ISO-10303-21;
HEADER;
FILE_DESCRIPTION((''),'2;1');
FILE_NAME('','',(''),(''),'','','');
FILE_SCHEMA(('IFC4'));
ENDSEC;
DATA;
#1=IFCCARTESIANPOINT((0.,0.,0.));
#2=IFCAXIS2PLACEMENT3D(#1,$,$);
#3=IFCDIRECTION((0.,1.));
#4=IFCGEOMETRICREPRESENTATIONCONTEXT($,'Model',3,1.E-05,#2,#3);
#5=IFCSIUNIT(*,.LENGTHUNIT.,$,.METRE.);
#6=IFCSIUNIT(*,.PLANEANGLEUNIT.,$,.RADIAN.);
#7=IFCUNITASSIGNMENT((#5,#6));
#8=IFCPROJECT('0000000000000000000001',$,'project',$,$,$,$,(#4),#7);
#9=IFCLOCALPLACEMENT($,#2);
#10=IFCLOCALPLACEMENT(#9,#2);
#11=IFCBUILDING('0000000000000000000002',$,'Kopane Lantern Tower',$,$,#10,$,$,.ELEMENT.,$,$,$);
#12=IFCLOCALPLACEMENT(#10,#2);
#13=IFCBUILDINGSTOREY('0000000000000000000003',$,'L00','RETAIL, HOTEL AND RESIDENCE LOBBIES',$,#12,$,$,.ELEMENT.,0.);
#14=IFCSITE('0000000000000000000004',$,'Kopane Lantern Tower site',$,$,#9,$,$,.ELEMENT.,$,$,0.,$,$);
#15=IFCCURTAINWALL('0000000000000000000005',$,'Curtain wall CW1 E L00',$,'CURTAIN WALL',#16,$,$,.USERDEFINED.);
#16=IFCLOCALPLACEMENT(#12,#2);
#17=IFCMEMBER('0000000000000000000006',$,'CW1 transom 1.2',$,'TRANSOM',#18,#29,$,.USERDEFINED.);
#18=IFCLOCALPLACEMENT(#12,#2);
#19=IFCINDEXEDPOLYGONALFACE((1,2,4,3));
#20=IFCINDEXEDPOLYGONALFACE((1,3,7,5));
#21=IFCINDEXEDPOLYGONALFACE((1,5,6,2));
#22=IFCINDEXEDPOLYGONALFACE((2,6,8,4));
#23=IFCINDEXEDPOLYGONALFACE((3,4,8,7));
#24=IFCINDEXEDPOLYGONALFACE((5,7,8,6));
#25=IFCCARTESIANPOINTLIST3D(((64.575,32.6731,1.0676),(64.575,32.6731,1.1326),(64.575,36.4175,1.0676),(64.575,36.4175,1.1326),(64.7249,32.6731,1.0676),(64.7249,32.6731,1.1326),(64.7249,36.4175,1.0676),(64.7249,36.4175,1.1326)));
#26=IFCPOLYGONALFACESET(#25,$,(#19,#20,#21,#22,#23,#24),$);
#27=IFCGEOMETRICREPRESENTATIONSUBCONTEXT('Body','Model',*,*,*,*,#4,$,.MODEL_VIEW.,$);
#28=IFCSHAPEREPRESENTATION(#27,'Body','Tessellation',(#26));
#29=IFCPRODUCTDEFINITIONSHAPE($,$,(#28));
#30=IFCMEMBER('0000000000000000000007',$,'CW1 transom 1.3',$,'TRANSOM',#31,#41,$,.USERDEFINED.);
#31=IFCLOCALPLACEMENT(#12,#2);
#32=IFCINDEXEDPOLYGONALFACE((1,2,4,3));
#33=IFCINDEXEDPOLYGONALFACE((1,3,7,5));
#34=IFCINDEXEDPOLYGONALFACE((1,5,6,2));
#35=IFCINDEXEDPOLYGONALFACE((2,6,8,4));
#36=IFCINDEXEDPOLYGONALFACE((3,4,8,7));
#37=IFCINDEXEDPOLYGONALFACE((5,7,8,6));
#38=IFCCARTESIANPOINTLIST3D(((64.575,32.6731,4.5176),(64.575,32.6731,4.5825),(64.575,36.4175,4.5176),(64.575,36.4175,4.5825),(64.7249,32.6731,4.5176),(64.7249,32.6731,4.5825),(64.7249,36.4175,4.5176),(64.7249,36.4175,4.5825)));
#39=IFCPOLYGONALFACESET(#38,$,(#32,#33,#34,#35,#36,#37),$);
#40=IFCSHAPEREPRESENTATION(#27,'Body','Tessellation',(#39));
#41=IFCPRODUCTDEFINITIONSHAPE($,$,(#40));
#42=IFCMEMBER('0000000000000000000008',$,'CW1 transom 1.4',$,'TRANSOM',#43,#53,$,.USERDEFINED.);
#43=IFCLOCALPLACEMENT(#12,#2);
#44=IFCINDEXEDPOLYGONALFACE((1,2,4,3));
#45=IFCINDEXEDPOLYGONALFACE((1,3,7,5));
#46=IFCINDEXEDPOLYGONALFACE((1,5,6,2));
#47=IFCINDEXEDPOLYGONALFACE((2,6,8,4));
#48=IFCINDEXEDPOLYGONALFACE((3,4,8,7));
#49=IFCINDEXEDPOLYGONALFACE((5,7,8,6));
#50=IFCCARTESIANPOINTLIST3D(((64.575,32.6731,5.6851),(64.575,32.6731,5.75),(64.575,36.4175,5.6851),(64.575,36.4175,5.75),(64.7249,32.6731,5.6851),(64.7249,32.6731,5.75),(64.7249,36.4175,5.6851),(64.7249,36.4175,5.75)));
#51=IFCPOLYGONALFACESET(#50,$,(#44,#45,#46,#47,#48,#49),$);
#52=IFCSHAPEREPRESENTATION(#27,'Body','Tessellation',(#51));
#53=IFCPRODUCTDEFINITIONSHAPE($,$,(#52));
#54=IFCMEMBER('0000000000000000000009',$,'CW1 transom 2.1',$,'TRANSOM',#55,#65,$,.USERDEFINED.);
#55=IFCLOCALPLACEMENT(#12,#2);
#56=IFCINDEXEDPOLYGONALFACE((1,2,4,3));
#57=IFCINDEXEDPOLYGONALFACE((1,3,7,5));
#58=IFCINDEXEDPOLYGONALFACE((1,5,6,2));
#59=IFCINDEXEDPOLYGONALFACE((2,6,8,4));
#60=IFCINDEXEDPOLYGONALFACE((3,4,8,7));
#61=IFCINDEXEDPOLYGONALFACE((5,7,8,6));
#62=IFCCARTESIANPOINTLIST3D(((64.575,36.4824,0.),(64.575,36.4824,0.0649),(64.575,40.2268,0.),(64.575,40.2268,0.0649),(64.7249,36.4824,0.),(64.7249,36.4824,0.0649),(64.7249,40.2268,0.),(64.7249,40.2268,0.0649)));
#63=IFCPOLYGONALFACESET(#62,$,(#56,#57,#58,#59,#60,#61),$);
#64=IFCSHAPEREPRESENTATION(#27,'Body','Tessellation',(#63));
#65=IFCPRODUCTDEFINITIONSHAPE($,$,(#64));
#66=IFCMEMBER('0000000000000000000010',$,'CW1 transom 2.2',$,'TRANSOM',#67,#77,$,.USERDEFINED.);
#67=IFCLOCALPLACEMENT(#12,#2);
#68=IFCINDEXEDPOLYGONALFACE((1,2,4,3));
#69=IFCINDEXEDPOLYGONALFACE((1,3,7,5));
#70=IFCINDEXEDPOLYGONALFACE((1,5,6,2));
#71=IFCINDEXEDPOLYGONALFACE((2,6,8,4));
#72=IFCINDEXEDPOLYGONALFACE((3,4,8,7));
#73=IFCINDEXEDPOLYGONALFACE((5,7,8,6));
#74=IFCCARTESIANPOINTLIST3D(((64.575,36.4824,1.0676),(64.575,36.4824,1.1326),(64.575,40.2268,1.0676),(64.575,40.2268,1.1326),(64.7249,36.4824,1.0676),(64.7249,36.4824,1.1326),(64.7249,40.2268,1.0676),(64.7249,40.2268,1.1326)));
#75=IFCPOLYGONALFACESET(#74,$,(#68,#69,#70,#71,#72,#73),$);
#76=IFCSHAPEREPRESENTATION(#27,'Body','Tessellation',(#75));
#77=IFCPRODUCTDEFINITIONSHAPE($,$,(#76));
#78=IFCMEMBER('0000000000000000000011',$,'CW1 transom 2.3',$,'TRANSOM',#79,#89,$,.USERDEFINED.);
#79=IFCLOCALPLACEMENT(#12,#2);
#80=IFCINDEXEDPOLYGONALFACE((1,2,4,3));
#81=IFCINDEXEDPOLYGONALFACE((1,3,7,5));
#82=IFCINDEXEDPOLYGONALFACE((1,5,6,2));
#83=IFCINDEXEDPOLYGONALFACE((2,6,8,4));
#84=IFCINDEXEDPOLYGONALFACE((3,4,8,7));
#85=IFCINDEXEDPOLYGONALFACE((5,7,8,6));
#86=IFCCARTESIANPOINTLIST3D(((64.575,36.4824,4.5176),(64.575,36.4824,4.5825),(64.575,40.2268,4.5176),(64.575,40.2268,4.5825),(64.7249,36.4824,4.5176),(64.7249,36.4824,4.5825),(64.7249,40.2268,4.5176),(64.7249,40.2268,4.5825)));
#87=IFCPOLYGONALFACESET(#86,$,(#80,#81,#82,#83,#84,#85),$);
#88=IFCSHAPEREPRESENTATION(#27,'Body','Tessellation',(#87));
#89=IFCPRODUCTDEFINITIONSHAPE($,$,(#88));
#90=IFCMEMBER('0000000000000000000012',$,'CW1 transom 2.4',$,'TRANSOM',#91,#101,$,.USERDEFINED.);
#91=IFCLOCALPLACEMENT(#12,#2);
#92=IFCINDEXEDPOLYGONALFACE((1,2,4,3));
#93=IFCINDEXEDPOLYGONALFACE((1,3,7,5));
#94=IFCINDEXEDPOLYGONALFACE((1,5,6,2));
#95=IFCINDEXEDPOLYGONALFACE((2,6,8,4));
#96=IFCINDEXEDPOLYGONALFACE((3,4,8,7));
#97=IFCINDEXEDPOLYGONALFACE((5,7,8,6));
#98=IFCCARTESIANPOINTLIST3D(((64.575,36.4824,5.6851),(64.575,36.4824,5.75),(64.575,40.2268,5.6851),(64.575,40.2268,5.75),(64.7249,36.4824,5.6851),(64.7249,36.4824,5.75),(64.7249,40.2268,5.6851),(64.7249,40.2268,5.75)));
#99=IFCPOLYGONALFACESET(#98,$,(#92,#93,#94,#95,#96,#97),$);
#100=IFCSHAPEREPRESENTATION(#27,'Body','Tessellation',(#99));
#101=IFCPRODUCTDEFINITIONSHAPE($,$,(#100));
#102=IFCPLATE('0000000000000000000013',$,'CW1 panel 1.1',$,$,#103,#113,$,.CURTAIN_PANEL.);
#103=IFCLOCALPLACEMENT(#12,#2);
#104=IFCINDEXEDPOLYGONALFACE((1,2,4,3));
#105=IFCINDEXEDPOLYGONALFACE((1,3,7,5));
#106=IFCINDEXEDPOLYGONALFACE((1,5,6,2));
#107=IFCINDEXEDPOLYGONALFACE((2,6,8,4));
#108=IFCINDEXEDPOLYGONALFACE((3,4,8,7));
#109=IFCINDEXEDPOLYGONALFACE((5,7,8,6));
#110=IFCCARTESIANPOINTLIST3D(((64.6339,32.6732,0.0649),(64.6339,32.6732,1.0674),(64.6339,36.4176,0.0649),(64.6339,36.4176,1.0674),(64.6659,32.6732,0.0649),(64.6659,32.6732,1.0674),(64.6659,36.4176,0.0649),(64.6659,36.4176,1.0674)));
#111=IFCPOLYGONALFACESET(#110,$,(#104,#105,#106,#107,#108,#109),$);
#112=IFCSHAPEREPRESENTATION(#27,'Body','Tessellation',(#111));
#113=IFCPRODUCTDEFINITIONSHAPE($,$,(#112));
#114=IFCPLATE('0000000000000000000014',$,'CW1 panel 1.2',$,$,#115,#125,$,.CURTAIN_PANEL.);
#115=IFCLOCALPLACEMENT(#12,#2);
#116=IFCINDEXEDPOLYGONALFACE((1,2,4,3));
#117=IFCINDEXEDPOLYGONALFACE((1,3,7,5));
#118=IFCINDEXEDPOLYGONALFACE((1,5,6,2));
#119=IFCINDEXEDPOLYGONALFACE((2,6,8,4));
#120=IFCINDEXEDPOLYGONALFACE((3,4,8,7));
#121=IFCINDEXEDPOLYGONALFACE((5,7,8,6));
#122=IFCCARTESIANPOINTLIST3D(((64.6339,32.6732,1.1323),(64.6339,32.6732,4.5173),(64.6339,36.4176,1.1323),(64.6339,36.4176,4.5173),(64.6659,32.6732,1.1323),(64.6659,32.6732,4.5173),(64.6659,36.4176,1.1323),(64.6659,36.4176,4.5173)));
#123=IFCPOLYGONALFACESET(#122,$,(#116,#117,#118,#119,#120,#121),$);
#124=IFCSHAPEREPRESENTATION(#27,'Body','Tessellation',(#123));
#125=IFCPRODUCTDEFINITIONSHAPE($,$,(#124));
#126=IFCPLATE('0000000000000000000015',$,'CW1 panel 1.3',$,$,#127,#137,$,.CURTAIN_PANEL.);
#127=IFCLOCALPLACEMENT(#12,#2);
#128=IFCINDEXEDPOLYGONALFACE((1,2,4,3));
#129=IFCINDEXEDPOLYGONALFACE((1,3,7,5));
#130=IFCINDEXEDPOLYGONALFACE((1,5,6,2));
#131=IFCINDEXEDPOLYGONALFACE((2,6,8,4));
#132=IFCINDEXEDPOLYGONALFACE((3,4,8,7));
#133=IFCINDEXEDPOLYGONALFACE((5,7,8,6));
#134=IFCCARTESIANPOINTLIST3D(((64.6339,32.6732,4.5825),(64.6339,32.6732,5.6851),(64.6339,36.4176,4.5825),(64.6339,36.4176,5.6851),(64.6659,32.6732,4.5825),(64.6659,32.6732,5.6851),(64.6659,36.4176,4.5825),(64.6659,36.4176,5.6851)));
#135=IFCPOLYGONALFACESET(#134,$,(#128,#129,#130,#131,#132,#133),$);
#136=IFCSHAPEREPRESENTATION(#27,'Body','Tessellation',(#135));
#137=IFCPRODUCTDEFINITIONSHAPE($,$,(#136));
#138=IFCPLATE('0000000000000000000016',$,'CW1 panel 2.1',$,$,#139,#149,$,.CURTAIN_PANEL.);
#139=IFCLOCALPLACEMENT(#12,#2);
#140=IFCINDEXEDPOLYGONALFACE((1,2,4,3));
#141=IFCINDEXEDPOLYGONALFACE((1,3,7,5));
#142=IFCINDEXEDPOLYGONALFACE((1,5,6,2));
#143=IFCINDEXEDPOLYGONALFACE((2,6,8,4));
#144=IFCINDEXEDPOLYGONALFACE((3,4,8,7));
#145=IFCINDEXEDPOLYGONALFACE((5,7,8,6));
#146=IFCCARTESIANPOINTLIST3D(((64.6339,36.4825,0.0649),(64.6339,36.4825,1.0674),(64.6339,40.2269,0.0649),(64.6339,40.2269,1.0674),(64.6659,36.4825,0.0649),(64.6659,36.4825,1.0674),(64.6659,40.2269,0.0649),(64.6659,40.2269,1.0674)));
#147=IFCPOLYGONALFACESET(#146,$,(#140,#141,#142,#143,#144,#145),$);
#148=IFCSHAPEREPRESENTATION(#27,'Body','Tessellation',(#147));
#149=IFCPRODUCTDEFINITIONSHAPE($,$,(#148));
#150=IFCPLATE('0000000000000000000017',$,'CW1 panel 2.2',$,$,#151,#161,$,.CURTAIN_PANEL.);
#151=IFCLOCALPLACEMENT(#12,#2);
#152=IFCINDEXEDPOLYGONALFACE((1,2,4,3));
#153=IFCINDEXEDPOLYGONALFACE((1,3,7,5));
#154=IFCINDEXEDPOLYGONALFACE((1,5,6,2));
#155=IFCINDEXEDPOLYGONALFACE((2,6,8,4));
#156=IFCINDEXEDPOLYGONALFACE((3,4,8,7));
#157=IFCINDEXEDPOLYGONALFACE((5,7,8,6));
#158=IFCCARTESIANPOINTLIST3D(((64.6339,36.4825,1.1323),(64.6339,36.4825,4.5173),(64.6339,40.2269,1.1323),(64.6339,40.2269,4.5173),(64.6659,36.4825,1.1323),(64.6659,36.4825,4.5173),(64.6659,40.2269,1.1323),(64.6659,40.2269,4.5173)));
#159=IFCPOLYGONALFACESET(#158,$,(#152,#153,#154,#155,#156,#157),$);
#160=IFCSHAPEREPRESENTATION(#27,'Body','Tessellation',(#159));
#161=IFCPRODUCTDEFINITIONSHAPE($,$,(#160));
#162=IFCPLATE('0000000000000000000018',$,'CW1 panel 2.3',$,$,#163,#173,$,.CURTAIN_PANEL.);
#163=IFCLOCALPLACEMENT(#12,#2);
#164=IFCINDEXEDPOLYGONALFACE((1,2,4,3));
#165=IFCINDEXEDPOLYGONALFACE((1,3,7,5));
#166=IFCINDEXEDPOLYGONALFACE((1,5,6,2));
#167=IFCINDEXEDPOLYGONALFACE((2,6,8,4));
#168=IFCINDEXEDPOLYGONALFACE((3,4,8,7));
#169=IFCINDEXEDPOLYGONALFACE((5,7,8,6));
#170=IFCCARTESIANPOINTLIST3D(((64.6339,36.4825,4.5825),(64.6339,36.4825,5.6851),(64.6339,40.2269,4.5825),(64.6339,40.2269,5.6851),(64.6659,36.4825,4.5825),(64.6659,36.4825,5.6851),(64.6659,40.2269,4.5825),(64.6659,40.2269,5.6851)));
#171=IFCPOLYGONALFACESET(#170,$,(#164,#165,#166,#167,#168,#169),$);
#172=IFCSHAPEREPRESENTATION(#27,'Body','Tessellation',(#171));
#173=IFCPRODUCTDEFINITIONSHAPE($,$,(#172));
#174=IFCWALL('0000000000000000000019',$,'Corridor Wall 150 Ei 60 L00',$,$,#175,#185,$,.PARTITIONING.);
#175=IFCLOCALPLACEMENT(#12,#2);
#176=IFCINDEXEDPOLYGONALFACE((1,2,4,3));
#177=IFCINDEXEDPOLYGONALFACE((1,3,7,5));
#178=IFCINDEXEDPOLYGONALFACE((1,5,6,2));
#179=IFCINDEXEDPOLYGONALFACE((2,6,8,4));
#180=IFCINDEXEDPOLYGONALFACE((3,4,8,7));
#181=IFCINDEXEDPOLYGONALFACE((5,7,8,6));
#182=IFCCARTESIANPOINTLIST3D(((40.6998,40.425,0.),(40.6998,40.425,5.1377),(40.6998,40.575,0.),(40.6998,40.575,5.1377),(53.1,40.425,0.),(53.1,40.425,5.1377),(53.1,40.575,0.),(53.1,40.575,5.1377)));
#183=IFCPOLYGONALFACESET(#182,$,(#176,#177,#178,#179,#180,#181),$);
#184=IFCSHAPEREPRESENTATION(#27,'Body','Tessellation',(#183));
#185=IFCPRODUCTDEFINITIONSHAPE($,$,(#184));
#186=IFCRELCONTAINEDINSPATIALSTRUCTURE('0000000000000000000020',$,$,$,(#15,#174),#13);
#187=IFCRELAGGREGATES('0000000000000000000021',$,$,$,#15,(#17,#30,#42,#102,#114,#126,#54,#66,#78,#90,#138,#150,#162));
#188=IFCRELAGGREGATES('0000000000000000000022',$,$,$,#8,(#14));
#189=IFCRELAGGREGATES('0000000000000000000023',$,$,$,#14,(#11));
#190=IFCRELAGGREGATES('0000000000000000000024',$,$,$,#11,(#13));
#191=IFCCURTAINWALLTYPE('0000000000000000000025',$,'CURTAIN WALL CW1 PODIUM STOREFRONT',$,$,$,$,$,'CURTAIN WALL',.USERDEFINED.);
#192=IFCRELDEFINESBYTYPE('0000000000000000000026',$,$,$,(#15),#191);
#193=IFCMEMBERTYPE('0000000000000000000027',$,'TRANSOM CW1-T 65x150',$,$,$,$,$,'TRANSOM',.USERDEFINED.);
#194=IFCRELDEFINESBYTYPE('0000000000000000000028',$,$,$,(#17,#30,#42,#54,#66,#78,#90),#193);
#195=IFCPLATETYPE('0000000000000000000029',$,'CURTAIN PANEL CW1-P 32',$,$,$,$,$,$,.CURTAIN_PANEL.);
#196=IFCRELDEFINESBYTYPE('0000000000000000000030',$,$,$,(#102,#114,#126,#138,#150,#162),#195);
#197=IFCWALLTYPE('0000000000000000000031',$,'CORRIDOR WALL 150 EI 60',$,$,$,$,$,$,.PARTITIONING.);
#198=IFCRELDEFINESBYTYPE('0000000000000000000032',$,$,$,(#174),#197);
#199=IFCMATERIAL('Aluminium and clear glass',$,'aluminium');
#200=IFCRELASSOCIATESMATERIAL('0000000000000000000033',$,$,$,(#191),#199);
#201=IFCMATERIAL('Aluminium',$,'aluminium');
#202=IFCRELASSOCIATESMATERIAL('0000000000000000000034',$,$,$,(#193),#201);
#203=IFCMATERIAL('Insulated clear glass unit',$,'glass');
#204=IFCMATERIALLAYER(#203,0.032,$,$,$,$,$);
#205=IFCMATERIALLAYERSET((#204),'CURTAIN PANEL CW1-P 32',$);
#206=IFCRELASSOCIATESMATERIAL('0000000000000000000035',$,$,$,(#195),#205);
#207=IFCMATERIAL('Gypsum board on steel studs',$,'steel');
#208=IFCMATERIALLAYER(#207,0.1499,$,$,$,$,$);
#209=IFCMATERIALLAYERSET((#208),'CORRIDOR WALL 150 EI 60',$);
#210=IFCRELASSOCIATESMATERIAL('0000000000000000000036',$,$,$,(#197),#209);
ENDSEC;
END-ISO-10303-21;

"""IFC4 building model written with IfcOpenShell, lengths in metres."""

from ifc_helpers import new_model, si_unit, direction, frame, frame_2d, origin, origin_2d, place, context, subcontext, project, spatial, rectangle, extrude, material, layer, layer_set, material_profile, profile_set, type_object, element, aggregate, save


model = new_model("IFC4")

# Units and contexts
model_context = context("Model", 3, precision=1e-05, world=origin(), true_north=direction((0.0, 1.0)))
body_context = subcontext(model_context, "Body", "Model", "MODEL_VIEW")
ifc_project = project(units=[si_unit("LENGTHUNIT", "METRE"), si_unit("PLANEANGLEUNIT", "RADIAN")], contexts=[model_context])

# Site, building, storey
site_placement = place(None, origin())
site = spatial("IfcSite", under=ifc_project, at=site_placement, Name="Kopane Lantern Tower site", CompositionType="ELEMENT", RefElevation=0.0)
building_placement = place(site_placement, origin())
building = spatial("IfcBuilding", under=site, at=building_placement, Name="Kopane Lantern Tower", CompositionType="ELEMENT")
storey_placement = place(building_placement, origin())
storey = spatial("IfcBuildingStorey", under=building, at=storey_placement, Name="L00", Description="RETAIL, HOTEL AND RESIDENCE LOBBIES", CompositionType="ELEMENT", Elevation=0.0)

# Curtain wall, members, plates
ifc_material_1 = material(Name="Aluminium and clear glass", Category="aluminium")
curtain_wall_type = type_object("IfcCurtainWallType", Name="CURTAIN WALL CW1 PODIUM STOREFRONT", ElementType="CURTAIN WALL", PredefinedType="USERDEFINED", material=ifc_material_1)
curtain_wall_placement = place(storey_placement, origin())
curtain_wall = element("IfcCurtainWall", 1, at=curtain_wall_placement, inside=storey, type_object=curtain_wall_type, Name="Curtain wall CW1 E L00", ObjectType="CURTAIN WALL", PredefinedType="USERDEFINED")
ifc_material_2 = material(Name="Aluminium", Category="aluminium")
ifc_material_profile_1 = material_profile(ifc_material_2, rectangle(XDim=0.1499, YDim=0.0649, at=origin_2d()), Name="AL 150x65")
ifc_profile_set_1 = profile_set([ifc_material_profile_1], Name="Aluminium")
member_type_1 = type_object("IfcMemberType", Name="TRANSOM CW1-T 65x150", ElementType="TRANSOM", PredefinedType="USERDEFINED", material=ifc_profile_set_1)
member_1_placement = place(storey_placement, frame((64.6499, 32.6731, 1.1001), z_axis=(0.0, 1.0, 0.0), x_axis=(-1.0, 0.0, 0.0)))
member_1 = element("IfcMember", 2, at=member_1_placement, type_object=member_type_1, Name="CW1 transom 1.2", ObjectType="TRANSOM", PredefinedType="USERDEFINED", context=body_context, shape_type="SweptSolid", body=[
    extrude(rectangle(XDim=0.1499, YDim=0.0649, at=origin_2d()), origin(), (0.0, 0.0, 1.0), 3.7444),
])
member_2_placement = place(storey_placement, frame((64.6499, 32.6731, 4.55), z_axis=(0.0, 1.0, 0.0), x_axis=(-1.0, 0.0, 0.0)))
member_2 = element("IfcMember", 3, at=member_2_placement, type_object=member_type_1, Name="CW1 transom 1.3", ObjectType="TRANSOM", PredefinedType="USERDEFINED", context=body_context, shape_type="SweptSolid", body=[
    extrude(rectangle(XDim=0.1499, YDim=0.0649, at=origin_2d()), origin(), (0.0, 0.0, 1.0), 3.7444),
])
member_3_placement = place(storey_placement, frame((64.6499, 32.6731, 5.7175), z_axis=(0.0, 1.0, 0.0), x_axis=(-1.0, 0.0, 0.0)))
member_3 = element("IfcMember", 4, at=member_3_placement, type_object=member_type_1, Name="CW1 transom 1.4", ObjectType="TRANSOM", PredefinedType="USERDEFINED", context=body_context, shape_type="SweptSolid", body=[
    extrude(rectangle(XDim=0.1499, YDim=0.0649, at=origin_2d()), origin(), (0.0, 0.0, 1.0), 3.7444),
])
member_4_placement = place(storey_placement, frame((64.6499, 36.4824, 0.0325), z_axis=(0.0, 1.0, 0.0), x_axis=(-1.0, 0.0, 0.0)))
member_4 = element("IfcMember", 5, at=member_4_placement, type_object=member_type_1, Name="CW1 transom 2.1", ObjectType="TRANSOM", PredefinedType="USERDEFINED", context=body_context, shape_type="SweptSolid", body=[
    extrude(rectangle(XDim=0.1499, YDim=0.0649, at=origin_2d()), origin(), (0.0, 0.0, 1.0), 3.7444),
])
member_5_placement = place(storey_placement, frame((64.6499, 36.4824, 1.1001), z_axis=(0.0, 1.0, 0.0), x_axis=(-1.0, 0.0, 0.0)))
member_5 = element("IfcMember", 6, at=member_5_placement, type_object=member_type_1, Name="CW1 transom 2.2", ObjectType="TRANSOM", PredefinedType="USERDEFINED", context=body_context, shape_type="SweptSolid", body=[
    extrude(rectangle(XDim=0.1499, YDim=0.0649, at=origin_2d()), origin(), (0.0, 0.0, 1.0), 3.7444),
])
member_6_placement = place(storey_placement, frame((64.6499, 36.4824, 4.55), z_axis=(0.0, 1.0, 0.0), x_axis=(-1.0, 0.0, 0.0)))
member_6 = element("IfcMember", 7, at=member_6_placement, type_object=member_type_1, Name="CW1 transom 2.3", ObjectType="TRANSOM", PredefinedType="USERDEFINED", context=body_context, shape_type="SweptSolid", body=[
    extrude(rectangle(XDim=0.1499, YDim=0.0649, at=origin_2d()), origin(), (0.0, 0.0, 1.0), 3.7444),
])
member_7_placement = place(storey_placement, frame((64.6499, 36.4824, 5.7175), z_axis=(0.0, 1.0, 0.0), x_axis=(-1.0, 0.0, 0.0)))
member_7 = element("IfcMember", 8, at=member_7_placement, type_object=member_type_1, Name="CW1 transom 2.4", ObjectType="TRANSOM", PredefinedType="USERDEFINED", context=body_context, shape_type="SweptSolid", body=[
    extrude(rectangle(XDim=0.1499, YDim=0.0649, at=origin_2d()), origin(), (0.0, 0.0, 1.0), 3.7444),
])
ifc_material_3 = material(Name="Insulated clear glass unit", Category="glass")
ifc_layer_1 = layer(ifc_material_3, 0.032)
ifc_layer_set_1 = layer_set([ifc_layer_1], Name="CURTAIN PANEL CW1-P 32")
plate_type = type_object("IfcPlateType", Name="CURTAIN PANEL CW1-P 32", PredefinedType="CURTAIN_PANEL", material=ifc_layer_set_1)
plate_1_placement = place(storey_placement, frame((64.6499, 34.5454, 0.0649), z_axis=(0.0, 0.0, 1.0), x_axis=(0.0, 1.0, 0.0)))
plate_1 = element("IfcPlate", 9, at=plate_1_placement, type_object=plate_type, Name="CW1 panel 1.1", PredefinedType="CURTAIN_PANEL", context=body_context, shape_type="SweptSolid", body=[
    extrude(rectangle(XDim=3.7444, YDim=0.032, at=origin_2d()), origin(), (0.0, 0.0, 1.0), 1.0024),
])
plate_2_placement = place(storey_placement, frame((64.6499, 34.5454, 1.1323), z_axis=(0.0, 0.0, 1.0), x_axis=(0.0, 1.0, 0.0)))
plate_2 = element("IfcPlate", 10, at=plate_2_placement, type_object=plate_type, Name="CW1 panel 1.2", PredefinedType="CURTAIN_PANEL", context=body_context, shape_type="SweptSolid", body=[
    extrude(rectangle(XDim=3.7444, YDim=0.032, at=origin_2d()), origin(), (0.0, 0.0, 1.0), 3.385),
])
plate_3_placement = place(storey_placement, frame((64.6499, 34.5454, 4.5825), z_axis=(0.0, 0.0, 1.0), x_axis=(0.0, 1.0, 0.0)))
plate_3 = element("IfcPlate", 11, at=plate_3_placement, type_object=plate_type, Name="CW1 panel 1.3", PredefinedType="CURTAIN_PANEL", context=body_context, shape_type="SweptSolid", body=[
    extrude(rectangle(XDim=3.7444, YDim=0.032, at=origin_2d()), origin(), (0.0, 0.0, 1.0), 1.1025),
])
plate_4_placement = place(storey_placement, frame((64.6499, 38.3547, 0.0649), z_axis=(0.0, 0.0, 1.0), x_axis=(0.0, 1.0, 0.0)))
plate_4 = element("IfcPlate", 12, at=plate_4_placement, type_object=plate_type, Name="CW1 panel 2.1", PredefinedType="CURTAIN_PANEL", context=body_context, shape_type="SweptSolid", body=[
    extrude(rectangle(XDim=3.7444, YDim=0.032, at=origin_2d()), origin(), (0.0, 0.0, 1.0), 1.0024),
])
plate_5_placement = place(storey_placement, frame((64.6499, 38.3547, 1.1323), z_axis=(0.0, 0.0, 1.0), x_axis=(0.0, 1.0, 0.0)))
plate_5 = element("IfcPlate", 13, at=plate_5_placement, type_object=plate_type, Name="CW1 panel 2.2", PredefinedType="CURTAIN_PANEL", context=body_context, shape_type="SweptSolid", body=[
    extrude(rectangle(XDim=3.7444, YDim=0.032, at=origin_2d()), origin(), (0.0, 0.0, 1.0), 3.385),
])
plate_6_placement = place(storey_placement, frame((64.6499, 38.3547, 4.5825), z_axis=(0.0, 0.0, 1.0), x_axis=(0.0, 1.0, 0.0)))
plate_6 = element("IfcPlate", 14, at=plate_6_placement, type_object=plate_type, Name="CW1 panel 2.3", PredefinedType="CURTAIN_PANEL", context=body_context, shape_type="SweptSolid", body=[
    extrude(rectangle(XDim=3.7444, YDim=0.032, at=origin_2d()), origin(), (0.0, 0.0, 1.0), 1.1025),
])
aggregate(curtain_wall, [member_1, member_2, member_3, plate_1, plate_2, plate_3, member_4, member_5, member_6, member_7, plate_4, plate_5, plate_6])

# Wall
ifc_material_4 = material(Name="Gypsum board on steel studs", Category="steel")
ifc_layer_2 = layer(ifc_material_4, 0.1499)
ifc_layer_set_2 = layer_set([ifc_layer_2], Name="CORRIDOR WALL 150 EI 60")
wall_type = type_object("IfcWallType", Name="CORRIDOR WALL 150 EI 60", PredefinedType="PARTITIONING", material=ifc_layer_set_2)
wall_placement = place(storey_placement, frame((53.1001, 40.5, 0.0), z_axis=(0.0, 0.0, 1.0), x_axis=(-1.0, 0.0, 0.0)))
element("IfcWall", 15, at=wall_placement, inside=storey, type_object=wall_type, Name="Corridor Wall 150 Ei 60 L00", PredefinedType="PARTITIONING", context=body_context, shape_type="SweptSolid", body=[
    extrude(rectangle(XDim=12.4001, YDim=0.1499, at=frame_2d((6.2002, 0.0))), origin(), (0.0, 0.0, 1.0), 5.1377),
])

save(model, "model.ifc")
